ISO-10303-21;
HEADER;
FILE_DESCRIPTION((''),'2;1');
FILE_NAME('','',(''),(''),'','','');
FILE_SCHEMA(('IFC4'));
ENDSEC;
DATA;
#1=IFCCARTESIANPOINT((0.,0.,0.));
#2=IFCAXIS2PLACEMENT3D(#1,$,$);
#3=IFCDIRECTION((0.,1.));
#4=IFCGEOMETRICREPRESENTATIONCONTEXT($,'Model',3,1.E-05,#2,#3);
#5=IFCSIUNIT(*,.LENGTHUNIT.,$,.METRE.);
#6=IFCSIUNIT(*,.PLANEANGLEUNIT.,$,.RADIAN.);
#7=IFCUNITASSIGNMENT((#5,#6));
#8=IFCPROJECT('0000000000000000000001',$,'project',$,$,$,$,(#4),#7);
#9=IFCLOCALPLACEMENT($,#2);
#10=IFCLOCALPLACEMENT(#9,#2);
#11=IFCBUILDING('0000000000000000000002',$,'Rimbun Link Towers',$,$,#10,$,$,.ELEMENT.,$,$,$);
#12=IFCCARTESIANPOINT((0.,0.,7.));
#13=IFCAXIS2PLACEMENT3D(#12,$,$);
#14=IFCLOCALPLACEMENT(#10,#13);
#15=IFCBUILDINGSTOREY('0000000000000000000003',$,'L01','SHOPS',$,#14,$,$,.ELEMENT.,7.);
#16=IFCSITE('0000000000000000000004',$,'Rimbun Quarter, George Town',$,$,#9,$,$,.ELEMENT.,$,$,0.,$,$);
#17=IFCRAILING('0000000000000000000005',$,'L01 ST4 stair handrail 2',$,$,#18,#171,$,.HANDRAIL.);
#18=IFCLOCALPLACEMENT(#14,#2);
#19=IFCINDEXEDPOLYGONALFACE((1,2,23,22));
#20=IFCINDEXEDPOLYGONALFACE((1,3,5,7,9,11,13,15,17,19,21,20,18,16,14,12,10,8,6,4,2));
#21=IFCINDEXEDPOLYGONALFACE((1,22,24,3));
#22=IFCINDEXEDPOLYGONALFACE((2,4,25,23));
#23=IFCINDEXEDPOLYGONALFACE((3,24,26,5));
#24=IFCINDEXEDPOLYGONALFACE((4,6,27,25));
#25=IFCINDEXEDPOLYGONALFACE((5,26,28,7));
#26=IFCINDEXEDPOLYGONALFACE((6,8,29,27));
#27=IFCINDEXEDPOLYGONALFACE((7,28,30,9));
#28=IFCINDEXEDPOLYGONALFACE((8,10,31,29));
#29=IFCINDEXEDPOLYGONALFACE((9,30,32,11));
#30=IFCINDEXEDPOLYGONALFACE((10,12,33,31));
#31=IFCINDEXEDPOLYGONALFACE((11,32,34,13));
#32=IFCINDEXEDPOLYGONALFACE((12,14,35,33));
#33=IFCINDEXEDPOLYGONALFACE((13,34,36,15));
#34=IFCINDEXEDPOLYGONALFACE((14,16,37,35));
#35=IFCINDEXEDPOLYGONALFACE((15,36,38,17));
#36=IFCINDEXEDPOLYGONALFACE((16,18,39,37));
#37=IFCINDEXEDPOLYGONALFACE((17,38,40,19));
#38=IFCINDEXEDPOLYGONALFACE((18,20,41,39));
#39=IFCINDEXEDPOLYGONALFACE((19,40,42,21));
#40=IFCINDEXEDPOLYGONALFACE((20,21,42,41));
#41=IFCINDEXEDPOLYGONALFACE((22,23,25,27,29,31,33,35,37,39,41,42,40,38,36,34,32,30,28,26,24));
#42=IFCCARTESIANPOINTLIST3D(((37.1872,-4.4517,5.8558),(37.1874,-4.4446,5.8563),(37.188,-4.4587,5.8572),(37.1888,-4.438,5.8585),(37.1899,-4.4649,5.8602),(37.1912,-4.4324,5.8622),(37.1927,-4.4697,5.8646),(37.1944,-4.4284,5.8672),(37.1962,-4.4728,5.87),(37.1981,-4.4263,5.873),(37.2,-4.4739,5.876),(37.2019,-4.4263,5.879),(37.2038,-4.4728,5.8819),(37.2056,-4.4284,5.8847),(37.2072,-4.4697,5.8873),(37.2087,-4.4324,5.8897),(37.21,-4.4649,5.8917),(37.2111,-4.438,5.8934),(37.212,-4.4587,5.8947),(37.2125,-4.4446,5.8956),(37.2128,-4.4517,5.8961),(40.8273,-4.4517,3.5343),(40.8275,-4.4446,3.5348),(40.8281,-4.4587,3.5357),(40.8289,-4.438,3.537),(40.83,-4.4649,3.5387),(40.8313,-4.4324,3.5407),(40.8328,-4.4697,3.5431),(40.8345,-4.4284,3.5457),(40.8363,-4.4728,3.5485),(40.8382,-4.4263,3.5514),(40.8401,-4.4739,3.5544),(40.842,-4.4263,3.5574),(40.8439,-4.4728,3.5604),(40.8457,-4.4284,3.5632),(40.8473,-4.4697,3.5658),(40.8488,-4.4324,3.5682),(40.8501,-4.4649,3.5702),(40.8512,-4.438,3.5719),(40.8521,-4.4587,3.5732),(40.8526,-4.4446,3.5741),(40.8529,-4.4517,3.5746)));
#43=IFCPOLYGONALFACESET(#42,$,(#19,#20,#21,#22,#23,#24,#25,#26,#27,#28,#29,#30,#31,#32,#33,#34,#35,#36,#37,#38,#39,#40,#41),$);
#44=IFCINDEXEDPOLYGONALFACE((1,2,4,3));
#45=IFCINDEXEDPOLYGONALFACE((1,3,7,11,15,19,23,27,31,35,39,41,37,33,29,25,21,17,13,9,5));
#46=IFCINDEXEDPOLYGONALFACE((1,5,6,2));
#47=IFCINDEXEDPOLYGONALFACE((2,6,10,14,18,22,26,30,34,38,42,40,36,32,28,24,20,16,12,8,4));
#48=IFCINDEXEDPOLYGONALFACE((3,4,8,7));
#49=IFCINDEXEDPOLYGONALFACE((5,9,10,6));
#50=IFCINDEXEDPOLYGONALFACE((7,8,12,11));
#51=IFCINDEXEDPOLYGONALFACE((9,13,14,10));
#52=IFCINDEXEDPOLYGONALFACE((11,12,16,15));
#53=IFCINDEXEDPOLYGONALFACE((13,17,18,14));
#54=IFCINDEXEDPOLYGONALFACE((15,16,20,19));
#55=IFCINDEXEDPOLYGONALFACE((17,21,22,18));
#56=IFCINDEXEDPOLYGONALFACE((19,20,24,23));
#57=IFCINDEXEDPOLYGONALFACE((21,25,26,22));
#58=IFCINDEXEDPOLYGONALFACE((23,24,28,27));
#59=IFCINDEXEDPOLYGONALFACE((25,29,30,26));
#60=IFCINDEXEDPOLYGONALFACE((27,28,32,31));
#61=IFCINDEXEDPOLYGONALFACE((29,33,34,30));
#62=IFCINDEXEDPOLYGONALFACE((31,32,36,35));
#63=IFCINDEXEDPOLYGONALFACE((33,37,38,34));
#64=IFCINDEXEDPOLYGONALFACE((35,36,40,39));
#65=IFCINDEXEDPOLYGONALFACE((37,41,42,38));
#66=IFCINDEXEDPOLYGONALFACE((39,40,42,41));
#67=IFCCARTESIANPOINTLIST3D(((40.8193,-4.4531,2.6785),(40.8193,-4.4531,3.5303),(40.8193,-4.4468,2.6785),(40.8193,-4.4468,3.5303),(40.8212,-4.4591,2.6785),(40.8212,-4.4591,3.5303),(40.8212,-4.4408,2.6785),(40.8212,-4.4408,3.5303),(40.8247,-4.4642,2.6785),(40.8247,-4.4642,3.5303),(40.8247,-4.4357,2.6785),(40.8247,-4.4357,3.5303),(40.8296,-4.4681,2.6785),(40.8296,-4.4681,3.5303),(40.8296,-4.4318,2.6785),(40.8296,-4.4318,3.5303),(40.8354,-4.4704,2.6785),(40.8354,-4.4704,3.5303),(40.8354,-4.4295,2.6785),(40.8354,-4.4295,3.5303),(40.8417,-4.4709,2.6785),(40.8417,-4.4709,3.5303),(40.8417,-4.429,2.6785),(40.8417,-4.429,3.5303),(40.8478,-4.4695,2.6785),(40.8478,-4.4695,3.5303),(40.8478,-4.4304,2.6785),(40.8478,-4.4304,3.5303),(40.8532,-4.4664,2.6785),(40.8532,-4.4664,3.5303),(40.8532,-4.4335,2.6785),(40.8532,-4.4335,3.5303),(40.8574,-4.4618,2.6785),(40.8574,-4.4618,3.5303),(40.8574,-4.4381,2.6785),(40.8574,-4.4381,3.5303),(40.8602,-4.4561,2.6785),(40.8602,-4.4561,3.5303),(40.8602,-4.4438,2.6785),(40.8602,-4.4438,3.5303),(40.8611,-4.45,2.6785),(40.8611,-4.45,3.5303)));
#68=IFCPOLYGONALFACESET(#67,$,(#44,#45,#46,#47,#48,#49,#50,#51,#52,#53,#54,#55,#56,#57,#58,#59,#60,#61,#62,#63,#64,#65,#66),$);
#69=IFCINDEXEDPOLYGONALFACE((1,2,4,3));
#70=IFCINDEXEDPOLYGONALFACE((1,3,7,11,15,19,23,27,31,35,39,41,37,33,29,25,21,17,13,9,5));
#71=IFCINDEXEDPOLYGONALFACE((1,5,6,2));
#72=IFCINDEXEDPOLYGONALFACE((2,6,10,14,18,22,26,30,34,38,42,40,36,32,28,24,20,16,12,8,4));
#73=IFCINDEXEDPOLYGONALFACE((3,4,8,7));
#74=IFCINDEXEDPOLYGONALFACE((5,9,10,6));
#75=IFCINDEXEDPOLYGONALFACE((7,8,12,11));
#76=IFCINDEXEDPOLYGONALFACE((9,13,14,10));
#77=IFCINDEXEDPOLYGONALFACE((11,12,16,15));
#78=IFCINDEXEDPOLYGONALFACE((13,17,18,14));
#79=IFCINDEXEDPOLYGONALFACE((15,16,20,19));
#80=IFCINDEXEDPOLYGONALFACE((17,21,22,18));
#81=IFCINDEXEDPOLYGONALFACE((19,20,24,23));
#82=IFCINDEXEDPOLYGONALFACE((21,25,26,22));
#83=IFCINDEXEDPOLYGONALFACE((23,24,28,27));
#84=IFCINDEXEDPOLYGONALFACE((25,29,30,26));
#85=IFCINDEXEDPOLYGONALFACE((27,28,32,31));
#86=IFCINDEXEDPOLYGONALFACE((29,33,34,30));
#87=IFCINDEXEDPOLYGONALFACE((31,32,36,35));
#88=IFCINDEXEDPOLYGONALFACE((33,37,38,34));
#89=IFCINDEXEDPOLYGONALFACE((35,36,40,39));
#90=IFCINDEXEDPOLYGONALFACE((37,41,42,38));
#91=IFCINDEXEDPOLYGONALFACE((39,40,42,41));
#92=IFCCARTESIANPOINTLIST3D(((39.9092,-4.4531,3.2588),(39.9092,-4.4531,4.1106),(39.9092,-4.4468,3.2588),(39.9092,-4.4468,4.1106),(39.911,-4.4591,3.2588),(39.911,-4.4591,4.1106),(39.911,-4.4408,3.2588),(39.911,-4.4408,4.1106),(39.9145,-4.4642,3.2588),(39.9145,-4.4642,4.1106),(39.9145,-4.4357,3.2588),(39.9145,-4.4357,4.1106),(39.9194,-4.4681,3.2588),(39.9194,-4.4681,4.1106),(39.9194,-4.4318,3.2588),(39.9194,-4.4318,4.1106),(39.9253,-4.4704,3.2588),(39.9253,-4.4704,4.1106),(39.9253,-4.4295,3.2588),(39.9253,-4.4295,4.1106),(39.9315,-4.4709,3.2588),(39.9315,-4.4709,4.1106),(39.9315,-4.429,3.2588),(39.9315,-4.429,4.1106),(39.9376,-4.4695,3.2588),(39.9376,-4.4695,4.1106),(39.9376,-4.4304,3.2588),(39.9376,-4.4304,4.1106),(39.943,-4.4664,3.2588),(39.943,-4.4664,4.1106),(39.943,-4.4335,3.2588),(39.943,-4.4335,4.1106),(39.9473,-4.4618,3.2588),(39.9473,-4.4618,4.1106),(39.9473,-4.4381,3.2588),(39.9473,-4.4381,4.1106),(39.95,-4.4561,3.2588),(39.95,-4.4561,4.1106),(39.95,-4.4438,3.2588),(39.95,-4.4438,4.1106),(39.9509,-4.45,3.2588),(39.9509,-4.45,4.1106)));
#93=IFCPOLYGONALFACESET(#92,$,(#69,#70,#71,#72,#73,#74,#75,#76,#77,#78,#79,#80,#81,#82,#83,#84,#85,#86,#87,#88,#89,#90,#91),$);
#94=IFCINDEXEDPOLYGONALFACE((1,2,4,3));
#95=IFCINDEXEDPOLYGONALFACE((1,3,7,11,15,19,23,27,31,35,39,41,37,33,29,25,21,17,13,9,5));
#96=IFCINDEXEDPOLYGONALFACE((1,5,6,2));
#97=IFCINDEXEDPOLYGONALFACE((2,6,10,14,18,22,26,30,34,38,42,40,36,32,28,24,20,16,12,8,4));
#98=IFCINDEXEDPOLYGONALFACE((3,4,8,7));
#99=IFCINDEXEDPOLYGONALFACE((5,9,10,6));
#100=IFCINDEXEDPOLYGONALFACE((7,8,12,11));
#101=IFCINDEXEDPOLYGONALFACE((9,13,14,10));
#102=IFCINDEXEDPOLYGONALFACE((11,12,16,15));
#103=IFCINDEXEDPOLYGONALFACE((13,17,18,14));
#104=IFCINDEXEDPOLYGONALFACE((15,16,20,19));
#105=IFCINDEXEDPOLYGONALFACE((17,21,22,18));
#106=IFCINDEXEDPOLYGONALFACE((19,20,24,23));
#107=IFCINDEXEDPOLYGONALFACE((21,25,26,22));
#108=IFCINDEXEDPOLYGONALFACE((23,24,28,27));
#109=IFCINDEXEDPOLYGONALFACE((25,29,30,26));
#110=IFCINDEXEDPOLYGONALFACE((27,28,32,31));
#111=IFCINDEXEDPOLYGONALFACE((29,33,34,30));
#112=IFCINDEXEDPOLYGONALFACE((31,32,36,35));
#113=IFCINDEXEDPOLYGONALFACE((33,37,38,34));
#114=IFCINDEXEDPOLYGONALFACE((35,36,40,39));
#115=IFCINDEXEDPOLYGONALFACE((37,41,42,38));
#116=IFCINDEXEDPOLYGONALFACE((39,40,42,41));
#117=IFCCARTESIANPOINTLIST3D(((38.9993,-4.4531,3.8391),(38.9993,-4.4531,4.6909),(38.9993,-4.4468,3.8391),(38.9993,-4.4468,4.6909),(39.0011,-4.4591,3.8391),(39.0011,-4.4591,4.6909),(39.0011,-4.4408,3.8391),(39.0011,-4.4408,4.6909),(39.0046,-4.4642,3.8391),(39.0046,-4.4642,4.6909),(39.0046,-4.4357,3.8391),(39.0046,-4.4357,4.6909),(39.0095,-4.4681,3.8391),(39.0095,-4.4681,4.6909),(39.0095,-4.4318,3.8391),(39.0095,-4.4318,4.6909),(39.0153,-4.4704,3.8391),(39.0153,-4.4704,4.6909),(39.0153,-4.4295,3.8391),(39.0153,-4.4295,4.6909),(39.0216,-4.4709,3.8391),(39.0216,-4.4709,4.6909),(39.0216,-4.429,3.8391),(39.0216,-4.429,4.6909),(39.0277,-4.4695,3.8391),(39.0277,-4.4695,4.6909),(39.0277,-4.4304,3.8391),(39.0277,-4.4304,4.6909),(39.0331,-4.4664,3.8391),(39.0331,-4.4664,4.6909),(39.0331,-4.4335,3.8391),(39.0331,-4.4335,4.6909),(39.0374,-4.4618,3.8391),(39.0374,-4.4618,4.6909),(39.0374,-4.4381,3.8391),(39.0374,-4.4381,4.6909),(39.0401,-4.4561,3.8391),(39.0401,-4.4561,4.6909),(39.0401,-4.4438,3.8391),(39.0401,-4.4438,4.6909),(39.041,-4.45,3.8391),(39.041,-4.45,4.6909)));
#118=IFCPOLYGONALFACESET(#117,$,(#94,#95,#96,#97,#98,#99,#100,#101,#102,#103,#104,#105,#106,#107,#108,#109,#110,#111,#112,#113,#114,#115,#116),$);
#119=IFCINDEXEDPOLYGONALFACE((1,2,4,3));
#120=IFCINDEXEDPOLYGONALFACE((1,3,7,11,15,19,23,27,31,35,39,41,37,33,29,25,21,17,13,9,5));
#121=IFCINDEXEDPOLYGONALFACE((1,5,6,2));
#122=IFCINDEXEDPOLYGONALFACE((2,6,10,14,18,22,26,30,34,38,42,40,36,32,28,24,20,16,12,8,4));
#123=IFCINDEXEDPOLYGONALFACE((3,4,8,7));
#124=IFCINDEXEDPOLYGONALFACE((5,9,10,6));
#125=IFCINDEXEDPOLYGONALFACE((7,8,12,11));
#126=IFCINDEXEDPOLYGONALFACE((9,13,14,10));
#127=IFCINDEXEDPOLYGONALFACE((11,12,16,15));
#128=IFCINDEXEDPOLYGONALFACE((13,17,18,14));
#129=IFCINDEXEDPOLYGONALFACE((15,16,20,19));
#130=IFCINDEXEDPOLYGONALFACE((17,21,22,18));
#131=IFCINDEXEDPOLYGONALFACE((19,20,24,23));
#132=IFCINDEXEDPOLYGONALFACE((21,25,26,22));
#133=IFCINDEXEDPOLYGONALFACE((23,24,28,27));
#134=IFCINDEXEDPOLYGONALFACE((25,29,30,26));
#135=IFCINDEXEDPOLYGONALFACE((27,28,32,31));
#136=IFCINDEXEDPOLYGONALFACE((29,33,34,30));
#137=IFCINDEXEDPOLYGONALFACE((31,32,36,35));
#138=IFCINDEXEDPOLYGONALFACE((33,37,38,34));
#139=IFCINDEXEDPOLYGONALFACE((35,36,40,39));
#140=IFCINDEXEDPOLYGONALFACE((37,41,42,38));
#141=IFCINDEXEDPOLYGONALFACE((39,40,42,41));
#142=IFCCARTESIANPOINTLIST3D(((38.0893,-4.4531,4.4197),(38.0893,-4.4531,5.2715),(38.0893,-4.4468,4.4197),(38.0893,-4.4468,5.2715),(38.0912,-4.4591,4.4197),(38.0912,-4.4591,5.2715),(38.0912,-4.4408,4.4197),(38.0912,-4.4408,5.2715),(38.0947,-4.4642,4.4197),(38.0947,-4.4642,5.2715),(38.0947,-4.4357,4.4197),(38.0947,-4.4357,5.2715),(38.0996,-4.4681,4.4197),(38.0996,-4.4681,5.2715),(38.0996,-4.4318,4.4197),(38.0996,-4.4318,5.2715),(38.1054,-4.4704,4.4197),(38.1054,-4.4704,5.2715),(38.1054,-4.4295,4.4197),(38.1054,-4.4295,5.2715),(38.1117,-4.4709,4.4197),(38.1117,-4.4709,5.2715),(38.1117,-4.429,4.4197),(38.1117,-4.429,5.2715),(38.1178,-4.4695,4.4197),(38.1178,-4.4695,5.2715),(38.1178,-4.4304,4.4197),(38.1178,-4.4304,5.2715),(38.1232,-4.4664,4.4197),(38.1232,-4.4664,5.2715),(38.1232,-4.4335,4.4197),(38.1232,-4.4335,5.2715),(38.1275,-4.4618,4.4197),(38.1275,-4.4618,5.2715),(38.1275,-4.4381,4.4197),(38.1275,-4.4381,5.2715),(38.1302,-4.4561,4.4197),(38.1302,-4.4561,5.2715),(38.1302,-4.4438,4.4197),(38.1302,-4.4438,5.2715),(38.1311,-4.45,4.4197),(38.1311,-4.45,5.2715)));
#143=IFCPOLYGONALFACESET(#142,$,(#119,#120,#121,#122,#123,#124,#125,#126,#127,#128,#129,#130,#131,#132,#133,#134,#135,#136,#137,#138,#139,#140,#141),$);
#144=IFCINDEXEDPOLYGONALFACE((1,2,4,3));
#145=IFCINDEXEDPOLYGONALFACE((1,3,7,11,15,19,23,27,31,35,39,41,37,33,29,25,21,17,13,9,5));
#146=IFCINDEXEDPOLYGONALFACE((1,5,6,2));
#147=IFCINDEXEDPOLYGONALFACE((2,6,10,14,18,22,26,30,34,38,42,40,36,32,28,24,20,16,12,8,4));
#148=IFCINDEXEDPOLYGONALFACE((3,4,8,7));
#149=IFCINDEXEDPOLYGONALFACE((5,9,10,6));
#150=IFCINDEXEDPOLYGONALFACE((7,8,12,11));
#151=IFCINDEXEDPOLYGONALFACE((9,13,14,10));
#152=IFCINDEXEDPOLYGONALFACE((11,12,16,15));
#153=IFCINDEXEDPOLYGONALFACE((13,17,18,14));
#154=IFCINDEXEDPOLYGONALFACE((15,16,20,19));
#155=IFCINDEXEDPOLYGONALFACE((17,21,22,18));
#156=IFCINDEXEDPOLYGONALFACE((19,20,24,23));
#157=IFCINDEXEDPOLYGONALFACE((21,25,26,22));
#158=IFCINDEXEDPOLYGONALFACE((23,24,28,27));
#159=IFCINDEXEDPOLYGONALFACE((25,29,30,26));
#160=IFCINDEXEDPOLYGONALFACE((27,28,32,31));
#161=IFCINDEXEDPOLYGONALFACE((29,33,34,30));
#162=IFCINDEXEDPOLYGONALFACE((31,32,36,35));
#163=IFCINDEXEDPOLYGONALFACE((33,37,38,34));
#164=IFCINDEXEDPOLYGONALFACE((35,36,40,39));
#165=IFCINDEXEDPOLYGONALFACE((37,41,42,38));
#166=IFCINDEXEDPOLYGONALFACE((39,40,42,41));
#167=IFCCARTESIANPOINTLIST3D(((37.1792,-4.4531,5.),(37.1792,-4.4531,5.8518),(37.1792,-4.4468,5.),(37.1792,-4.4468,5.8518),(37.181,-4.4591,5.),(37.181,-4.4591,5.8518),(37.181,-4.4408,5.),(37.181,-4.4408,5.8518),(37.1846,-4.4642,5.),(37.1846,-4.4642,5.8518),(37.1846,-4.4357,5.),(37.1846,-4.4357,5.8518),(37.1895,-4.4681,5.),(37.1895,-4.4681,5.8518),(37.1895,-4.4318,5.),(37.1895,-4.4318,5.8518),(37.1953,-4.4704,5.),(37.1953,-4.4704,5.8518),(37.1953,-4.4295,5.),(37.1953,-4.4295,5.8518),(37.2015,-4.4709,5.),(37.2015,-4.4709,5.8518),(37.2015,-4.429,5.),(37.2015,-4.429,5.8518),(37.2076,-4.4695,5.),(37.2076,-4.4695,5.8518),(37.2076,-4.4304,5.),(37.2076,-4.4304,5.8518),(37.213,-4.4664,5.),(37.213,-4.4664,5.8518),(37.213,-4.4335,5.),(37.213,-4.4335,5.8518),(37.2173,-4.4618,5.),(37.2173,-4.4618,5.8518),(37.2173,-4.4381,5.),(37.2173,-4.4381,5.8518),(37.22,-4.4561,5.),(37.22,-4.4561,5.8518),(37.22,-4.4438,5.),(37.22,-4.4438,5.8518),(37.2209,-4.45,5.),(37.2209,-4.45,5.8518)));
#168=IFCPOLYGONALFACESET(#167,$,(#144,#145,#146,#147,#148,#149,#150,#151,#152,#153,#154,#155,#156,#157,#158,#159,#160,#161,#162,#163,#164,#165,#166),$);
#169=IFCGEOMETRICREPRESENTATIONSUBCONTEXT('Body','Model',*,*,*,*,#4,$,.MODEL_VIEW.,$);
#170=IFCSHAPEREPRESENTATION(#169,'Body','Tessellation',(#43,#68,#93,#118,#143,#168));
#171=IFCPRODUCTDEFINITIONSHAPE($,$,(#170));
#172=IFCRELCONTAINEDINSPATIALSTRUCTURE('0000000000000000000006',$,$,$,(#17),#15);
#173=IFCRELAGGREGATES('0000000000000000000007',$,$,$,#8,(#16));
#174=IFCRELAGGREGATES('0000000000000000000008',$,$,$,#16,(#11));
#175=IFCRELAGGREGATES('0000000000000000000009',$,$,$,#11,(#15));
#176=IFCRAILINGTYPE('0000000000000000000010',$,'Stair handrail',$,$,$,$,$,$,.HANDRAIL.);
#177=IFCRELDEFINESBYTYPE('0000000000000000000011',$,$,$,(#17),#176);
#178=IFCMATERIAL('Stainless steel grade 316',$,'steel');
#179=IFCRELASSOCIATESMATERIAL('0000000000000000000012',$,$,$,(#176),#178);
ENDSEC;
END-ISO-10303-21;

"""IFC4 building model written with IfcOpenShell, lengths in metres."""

from ifc_helpers import new_model, si_unit, direction, frame, origin, origin_2d, place, context, subcontext, project, spatial, circle, extrude, material, type_object, element, save


model = new_model("IFC4")

# Units and contexts
model_context = context("Model", 3, precision=1e-05, world=origin(), true_north=direction((0.0, 1.0)))
body_context = subcontext(model_context, "Body", "Model", "MODEL_VIEW")
ifc_project = project(units=[si_unit("LENGTHUNIT", "METRE"), si_unit("PLANEANGLEUNIT", "RADIAN")], contexts=[model_context])

# Site, building, storey
site_placement = place(None, origin())
site = spatial("IfcSite", under=ifc_project, at=site_placement, Name="Rimbun Quarter, George Town", CompositionType="ELEMENT", RefElevation=0.0)
building_placement = place(site_placement, origin())
building = spatial("IfcBuilding", under=site, at=building_placement, Name="Rimbun Link Towers", CompositionType="ELEMENT")
storey_placement = place(building_placement, frame((0.0, 0.0, 7.0)))
storey = spatial("IfcBuildingStorey", under=building, at=storey_placement, Name="L01", Description="SHOPS", CompositionType="ELEMENT", Elevation=7.0)

# Railing
ifc_material_1 = material(Name="Stainless steel grade 316", Category="steel")
railing_type_1 = type_object("IfcRailingType", Name="Stair handrail", PredefinedType="HANDRAIL", material=ifc_material_1)
railing_1_placement = place(storey_placement, frame((40.8401, -4.45, 2.6785)))
element("IfcRailing", 1, at=railing_1_placement, inside=storey, type_object=railing_type_1, Name="L01 ST4 stair handrail 2", PredefinedType="HANDRAIL", context=body_context, shape_type="SweptSolid", body=[
    extrude(circle(Radius=0.0239, at=origin_2d()), frame((0.0, 0.0, 0.876), z_axis=(-0.843128, 0.0, 0.537713), x_axis=(0.0, -1.0, 0.0)), (0.0, 0.0, 1.0), 4.3174),
    extrude(circle(Radius=0.021, at=origin_2d()), origin(), (0.0, 0.0, 1.0), 0.8518),
    extrude(circle(Radius=0.021, at=origin_2d()), frame((-0.9102, 0.0, 0.5803)), (0.0, 0.0, 1.0), 0.8518),
    extrude(circle(Radius=0.021, at=origin_2d()), frame((-1.8201, 0.0, 1.1606)), (0.0, 0.0, 1.0), 0.8518),
    extrude(circle(Radius=0.021, at=origin_2d()), frame((-2.73, 0.0, 1.7412)), (0.0, 0.0, 1.0), 0.8518),
    extrude(circle(Radius=0.021, at=origin_2d()), frame((-3.6401, 0.0, 2.3215)), (0.0, 0.0, 1.0), 0.8518),
])

save(model, "model.ifc")
